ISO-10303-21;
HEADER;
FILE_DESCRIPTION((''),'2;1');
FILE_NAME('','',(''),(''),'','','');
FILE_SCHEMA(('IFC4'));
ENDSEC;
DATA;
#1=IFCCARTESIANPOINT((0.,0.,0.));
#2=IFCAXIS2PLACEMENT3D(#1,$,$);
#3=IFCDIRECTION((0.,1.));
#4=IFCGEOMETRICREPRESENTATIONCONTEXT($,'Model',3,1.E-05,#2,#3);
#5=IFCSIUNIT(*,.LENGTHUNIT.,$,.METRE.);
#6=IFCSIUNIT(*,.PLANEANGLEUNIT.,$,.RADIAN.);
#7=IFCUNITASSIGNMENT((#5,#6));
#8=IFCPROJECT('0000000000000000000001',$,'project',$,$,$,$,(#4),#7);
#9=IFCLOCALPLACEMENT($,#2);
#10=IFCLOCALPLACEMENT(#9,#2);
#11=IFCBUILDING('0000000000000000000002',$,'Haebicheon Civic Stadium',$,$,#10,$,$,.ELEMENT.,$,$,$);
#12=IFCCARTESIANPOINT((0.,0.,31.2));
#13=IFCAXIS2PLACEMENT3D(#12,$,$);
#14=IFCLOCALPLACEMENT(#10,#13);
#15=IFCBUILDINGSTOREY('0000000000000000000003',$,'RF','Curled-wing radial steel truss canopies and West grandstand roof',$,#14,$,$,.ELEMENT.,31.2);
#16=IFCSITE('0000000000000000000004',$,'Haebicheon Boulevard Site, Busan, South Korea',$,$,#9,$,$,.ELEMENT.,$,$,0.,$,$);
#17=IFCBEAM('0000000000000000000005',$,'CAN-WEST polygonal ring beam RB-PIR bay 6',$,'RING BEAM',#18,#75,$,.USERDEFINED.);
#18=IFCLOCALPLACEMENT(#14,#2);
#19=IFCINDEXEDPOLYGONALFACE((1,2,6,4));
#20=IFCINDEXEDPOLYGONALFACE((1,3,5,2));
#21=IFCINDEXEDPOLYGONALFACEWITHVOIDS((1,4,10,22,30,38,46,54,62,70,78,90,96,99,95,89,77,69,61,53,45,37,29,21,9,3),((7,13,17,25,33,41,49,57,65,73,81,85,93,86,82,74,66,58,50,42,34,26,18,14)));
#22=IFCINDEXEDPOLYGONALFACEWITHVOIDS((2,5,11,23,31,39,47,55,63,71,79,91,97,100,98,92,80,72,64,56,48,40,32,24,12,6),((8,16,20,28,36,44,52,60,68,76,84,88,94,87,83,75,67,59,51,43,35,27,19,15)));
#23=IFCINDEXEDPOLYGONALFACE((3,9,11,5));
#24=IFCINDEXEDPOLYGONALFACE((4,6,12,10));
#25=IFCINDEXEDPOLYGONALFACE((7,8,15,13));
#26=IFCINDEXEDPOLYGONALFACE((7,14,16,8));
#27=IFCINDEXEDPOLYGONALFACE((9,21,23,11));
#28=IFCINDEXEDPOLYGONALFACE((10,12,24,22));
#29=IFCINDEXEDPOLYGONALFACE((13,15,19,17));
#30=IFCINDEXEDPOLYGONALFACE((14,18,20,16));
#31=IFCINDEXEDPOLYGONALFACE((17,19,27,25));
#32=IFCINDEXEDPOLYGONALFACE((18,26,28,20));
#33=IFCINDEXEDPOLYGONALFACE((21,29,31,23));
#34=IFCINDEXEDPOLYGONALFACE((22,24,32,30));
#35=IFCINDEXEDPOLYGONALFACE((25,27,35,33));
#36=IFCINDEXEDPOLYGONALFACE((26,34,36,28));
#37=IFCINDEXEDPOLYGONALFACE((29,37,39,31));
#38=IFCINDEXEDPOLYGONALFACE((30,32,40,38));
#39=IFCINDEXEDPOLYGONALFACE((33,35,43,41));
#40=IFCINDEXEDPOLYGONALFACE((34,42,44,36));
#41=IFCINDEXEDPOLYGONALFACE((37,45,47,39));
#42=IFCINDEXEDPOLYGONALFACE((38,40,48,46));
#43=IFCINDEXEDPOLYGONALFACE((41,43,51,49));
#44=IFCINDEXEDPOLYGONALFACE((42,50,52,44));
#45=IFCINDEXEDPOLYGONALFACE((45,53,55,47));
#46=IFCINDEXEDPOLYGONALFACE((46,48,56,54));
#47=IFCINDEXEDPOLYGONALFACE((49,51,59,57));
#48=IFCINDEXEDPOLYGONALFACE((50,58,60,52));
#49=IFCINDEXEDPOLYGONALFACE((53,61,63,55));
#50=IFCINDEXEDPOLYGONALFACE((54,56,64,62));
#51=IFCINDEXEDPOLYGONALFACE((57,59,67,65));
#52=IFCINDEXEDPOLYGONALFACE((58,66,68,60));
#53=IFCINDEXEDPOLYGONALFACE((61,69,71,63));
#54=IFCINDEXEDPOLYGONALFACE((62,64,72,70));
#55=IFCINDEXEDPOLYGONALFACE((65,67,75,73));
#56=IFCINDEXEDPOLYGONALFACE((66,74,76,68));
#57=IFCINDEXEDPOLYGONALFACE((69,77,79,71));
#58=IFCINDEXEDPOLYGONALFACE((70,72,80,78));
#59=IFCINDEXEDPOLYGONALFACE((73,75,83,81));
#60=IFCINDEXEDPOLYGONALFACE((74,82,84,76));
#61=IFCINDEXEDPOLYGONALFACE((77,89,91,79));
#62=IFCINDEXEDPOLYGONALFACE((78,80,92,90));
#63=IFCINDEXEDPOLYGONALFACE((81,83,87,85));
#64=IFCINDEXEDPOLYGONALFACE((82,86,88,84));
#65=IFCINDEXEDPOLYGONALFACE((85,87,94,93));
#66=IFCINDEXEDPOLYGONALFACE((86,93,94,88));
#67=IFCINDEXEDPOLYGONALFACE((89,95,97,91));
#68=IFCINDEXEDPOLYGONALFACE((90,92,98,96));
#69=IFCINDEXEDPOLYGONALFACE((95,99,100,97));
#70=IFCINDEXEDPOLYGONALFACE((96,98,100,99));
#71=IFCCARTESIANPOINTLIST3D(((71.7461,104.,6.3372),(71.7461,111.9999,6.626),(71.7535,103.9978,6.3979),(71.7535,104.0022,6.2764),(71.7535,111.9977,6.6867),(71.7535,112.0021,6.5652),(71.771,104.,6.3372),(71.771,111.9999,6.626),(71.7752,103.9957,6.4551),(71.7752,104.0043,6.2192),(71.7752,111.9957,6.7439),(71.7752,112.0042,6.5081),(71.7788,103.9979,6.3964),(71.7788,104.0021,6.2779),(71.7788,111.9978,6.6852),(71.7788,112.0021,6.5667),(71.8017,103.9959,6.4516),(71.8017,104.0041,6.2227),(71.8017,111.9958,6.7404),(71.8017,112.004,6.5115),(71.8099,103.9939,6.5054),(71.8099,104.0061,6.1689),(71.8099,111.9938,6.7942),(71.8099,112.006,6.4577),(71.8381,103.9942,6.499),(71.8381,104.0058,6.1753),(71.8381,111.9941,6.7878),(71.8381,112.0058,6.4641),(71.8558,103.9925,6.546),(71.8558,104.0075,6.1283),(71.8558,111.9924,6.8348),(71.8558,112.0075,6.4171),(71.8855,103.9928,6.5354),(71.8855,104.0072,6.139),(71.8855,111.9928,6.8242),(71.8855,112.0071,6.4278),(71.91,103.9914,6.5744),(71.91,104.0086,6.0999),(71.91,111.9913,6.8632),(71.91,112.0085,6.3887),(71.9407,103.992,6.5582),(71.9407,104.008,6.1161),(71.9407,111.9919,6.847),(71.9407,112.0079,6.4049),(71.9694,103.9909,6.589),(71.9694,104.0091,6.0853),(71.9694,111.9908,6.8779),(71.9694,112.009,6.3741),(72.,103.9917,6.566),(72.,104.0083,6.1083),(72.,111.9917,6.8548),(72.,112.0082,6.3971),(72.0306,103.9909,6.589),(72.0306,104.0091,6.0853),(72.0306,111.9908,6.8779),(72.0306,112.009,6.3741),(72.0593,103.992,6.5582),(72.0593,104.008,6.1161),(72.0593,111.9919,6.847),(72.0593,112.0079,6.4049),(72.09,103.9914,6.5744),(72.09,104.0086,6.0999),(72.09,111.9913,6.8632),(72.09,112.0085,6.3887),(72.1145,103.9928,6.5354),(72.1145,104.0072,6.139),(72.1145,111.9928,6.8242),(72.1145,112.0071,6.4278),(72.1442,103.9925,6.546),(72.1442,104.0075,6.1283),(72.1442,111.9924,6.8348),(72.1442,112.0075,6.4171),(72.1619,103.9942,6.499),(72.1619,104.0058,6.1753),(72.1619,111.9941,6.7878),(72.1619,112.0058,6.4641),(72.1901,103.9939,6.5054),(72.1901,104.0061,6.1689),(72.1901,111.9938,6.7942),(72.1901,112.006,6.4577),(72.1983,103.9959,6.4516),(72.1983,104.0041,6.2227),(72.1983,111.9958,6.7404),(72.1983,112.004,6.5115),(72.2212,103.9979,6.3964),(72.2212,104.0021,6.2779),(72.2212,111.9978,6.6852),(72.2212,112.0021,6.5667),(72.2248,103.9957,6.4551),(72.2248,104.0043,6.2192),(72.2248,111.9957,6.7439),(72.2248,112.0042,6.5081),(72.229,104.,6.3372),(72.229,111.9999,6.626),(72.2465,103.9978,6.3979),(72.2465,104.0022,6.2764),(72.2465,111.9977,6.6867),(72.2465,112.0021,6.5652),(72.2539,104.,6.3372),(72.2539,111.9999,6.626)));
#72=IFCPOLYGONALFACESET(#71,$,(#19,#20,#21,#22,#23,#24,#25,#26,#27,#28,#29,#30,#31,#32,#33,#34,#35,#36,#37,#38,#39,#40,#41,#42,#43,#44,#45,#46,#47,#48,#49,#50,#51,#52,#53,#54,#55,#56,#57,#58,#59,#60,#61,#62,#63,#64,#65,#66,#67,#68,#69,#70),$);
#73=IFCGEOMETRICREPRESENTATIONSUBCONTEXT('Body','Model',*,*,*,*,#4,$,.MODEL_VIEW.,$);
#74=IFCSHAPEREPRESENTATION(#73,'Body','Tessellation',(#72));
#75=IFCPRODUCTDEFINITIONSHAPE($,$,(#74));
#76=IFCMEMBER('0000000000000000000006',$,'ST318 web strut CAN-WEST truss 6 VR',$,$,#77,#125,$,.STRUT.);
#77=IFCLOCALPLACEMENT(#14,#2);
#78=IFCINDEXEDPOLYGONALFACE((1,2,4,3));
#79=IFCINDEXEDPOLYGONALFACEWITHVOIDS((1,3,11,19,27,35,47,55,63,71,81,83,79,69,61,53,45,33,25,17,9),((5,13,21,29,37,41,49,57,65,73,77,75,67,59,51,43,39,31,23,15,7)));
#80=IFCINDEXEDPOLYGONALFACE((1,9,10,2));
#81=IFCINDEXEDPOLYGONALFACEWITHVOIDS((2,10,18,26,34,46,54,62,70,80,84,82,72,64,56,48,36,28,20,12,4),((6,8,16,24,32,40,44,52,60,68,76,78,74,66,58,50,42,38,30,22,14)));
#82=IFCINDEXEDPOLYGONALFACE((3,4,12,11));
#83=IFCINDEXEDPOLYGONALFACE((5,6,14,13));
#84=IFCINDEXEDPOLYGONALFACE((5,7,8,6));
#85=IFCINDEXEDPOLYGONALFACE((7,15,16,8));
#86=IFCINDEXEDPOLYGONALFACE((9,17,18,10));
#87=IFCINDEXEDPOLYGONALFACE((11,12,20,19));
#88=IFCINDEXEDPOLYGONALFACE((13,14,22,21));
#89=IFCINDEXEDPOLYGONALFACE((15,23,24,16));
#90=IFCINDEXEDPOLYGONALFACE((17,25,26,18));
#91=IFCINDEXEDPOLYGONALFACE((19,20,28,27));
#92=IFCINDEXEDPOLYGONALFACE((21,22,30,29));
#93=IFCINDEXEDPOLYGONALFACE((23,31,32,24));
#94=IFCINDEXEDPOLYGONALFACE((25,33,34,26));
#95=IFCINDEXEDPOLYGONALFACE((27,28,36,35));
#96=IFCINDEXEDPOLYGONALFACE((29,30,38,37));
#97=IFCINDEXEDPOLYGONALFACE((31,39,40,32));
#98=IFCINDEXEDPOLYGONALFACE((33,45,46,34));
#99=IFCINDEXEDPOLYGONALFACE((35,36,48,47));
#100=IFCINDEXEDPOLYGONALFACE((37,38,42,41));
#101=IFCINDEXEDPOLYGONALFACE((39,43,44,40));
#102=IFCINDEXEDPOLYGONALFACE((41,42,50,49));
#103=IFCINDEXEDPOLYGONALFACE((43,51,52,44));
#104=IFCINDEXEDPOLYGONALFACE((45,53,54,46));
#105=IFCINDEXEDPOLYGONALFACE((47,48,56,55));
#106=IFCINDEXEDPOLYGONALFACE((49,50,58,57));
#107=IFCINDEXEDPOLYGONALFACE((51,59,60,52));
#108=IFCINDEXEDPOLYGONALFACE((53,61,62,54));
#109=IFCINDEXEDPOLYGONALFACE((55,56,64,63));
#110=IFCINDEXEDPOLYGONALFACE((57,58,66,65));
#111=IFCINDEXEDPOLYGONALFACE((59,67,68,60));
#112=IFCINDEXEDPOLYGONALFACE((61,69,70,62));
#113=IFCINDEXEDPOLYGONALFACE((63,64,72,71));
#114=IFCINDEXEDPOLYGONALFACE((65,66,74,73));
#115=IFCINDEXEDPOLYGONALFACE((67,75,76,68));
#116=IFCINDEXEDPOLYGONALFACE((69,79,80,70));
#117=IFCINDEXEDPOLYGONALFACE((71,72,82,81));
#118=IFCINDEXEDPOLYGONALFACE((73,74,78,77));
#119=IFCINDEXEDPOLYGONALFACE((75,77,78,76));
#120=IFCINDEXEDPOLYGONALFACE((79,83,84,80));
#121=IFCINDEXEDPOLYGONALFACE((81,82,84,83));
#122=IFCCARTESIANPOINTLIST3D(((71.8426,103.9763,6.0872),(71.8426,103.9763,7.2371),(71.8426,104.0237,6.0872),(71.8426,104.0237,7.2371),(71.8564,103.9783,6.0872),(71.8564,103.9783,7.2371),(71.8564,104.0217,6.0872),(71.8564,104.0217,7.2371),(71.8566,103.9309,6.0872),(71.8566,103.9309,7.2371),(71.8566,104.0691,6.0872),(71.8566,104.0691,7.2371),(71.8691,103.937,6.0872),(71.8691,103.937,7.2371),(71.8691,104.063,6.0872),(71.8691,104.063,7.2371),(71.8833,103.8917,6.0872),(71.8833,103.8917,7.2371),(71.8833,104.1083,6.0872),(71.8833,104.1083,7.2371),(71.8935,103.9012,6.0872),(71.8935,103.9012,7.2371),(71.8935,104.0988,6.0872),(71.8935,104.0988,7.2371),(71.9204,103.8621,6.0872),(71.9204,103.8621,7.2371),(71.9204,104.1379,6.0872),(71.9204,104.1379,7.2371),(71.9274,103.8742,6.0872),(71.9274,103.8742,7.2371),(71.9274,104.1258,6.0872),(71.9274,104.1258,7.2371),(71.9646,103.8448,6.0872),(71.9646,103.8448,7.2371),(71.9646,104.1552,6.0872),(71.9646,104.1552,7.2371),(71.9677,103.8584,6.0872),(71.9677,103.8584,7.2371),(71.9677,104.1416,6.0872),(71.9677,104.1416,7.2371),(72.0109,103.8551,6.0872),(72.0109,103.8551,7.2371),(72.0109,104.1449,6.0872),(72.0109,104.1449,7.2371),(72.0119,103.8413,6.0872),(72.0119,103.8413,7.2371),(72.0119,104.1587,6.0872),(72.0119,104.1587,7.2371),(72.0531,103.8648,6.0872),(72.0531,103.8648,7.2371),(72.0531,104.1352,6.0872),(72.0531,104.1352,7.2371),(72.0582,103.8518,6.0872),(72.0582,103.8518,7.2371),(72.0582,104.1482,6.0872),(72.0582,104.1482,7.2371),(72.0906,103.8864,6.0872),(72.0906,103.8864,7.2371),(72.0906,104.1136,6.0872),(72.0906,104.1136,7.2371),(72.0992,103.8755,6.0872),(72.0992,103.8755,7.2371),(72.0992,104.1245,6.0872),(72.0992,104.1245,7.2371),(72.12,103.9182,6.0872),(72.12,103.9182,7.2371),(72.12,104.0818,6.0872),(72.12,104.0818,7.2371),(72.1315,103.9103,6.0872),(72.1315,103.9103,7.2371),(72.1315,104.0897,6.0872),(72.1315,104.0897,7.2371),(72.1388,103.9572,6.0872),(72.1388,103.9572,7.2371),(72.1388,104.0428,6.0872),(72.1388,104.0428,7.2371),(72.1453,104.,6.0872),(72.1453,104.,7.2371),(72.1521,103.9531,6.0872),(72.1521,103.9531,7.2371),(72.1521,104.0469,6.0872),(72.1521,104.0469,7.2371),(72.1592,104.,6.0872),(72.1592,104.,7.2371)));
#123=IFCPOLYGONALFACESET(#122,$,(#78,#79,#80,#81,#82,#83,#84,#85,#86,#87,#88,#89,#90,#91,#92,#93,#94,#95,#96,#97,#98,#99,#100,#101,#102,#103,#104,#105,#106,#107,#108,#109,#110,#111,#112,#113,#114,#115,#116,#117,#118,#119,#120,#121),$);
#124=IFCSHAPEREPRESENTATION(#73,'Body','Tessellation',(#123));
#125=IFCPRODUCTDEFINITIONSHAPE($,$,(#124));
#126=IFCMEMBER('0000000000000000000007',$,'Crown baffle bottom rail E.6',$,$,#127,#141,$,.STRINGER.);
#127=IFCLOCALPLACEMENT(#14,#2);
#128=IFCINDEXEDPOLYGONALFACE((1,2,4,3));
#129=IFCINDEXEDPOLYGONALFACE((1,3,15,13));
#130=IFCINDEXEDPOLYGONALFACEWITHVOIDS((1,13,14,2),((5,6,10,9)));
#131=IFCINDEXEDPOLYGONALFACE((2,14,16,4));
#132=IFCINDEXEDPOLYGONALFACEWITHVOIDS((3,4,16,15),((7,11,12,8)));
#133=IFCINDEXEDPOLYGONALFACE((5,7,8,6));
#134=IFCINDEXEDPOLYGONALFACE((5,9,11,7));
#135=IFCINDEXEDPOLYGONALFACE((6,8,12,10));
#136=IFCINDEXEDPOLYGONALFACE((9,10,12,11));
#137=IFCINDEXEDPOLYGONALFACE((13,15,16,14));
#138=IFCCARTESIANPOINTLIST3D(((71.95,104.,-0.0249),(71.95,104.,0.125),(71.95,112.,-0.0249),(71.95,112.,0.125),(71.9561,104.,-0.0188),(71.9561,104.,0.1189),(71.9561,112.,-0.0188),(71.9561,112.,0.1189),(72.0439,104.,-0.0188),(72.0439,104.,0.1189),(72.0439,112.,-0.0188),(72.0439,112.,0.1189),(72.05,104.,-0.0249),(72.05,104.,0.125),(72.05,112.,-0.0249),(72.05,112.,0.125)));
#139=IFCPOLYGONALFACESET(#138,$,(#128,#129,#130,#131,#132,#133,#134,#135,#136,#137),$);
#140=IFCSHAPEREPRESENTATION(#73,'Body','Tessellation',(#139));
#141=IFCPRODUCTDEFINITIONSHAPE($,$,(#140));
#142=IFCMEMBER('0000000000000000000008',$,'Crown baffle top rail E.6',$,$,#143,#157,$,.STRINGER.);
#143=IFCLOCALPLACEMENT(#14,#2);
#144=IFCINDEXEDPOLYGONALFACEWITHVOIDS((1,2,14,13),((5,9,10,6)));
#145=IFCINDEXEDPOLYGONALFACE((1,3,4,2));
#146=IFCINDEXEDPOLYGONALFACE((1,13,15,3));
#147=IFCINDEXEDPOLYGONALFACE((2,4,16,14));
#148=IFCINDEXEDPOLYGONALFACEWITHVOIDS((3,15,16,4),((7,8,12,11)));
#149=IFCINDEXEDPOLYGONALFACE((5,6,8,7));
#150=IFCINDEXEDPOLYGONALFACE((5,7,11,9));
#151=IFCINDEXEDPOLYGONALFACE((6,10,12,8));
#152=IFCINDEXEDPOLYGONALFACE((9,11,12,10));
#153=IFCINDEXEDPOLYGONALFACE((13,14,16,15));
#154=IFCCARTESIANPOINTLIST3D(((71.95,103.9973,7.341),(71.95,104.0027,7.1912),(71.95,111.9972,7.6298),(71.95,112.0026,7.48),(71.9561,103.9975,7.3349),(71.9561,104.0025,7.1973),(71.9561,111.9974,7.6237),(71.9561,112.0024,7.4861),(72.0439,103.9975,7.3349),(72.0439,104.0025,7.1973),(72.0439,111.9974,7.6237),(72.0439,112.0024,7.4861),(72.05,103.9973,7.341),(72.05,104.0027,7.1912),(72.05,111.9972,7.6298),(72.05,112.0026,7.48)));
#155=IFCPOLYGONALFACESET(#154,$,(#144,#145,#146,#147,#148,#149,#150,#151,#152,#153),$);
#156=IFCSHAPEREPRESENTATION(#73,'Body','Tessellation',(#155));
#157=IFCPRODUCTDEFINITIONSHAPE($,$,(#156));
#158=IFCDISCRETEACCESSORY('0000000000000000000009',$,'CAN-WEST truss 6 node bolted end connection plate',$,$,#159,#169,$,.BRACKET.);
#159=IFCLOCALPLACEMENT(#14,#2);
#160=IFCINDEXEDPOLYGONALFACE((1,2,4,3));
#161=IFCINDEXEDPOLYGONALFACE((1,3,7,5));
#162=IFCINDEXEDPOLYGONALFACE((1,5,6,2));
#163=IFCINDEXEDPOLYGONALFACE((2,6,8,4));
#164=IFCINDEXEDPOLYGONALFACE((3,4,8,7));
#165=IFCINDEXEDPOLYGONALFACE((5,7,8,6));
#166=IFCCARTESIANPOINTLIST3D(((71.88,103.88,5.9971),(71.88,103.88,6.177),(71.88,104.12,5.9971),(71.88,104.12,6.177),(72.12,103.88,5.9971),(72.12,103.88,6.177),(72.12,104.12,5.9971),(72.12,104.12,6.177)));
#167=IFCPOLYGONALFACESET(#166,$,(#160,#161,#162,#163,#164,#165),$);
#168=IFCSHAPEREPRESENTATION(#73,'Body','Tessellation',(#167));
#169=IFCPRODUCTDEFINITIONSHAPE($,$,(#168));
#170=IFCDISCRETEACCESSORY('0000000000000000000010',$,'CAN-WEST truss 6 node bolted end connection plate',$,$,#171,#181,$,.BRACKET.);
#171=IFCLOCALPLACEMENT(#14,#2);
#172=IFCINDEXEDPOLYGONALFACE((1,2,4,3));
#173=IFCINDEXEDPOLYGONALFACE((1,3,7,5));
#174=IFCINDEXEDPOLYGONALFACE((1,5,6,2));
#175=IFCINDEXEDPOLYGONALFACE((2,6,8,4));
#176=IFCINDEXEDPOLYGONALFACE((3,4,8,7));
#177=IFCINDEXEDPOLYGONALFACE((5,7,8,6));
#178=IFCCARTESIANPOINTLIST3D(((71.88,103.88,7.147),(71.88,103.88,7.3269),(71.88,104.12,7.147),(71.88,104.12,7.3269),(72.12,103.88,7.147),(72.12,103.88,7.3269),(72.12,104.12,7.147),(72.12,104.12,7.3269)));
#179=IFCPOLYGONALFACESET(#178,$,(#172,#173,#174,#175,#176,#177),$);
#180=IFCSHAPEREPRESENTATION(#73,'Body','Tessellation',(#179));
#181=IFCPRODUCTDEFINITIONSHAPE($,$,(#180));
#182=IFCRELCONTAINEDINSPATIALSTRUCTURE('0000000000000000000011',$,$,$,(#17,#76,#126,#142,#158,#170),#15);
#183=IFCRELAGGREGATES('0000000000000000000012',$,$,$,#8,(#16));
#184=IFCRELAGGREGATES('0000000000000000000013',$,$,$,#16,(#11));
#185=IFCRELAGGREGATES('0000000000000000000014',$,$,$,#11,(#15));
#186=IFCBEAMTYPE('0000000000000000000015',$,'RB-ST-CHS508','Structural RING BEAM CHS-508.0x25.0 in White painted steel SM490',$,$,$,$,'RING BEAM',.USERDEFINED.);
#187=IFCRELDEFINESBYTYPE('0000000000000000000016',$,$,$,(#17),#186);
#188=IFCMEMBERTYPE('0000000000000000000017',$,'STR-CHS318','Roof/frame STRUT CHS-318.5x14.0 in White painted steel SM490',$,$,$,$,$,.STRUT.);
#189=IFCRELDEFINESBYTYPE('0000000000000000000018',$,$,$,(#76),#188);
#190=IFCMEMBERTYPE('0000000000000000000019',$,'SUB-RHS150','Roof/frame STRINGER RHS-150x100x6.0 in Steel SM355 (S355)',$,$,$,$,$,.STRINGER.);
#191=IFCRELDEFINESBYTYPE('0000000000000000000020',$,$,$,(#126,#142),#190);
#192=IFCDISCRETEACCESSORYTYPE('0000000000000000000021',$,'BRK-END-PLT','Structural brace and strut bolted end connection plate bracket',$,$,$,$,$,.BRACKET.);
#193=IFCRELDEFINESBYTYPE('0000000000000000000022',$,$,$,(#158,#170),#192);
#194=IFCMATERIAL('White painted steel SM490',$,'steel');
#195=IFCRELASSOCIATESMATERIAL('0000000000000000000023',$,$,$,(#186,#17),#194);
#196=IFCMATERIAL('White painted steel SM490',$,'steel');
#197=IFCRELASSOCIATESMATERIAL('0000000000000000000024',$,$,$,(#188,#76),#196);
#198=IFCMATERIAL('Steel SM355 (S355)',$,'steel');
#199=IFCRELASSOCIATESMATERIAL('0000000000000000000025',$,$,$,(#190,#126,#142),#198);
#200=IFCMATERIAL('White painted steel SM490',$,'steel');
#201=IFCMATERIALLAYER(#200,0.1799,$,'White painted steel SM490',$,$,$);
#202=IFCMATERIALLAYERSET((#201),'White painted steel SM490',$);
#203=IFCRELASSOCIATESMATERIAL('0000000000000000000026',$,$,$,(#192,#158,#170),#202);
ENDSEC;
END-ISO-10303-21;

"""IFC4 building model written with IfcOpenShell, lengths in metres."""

from ifc_helpers import new_model, si_unit, direction, frame, origin, origin_2d, place, context, subcontext, project, spatial, rectangle, hollow_rectangle, hollow_circle, extrude, material, layer, layer_set, material_profile, profile_set, type_object, element, save


model = new_model("IFC4")

# Units and contexts
model_context = context("Model", 3, precision=1e-05, world=origin(), true_north=direction((0.0, 1.0)))
body_context = subcontext(model_context, "Body", "Model", "MODEL_VIEW")
ifc_project = project(units=[si_unit("LENGTHUNIT", "METRE"), si_unit("PLANEANGLEUNIT", "RADIAN")], contexts=[model_context])

# Site, building, storey
site_placement = place(None, origin())
site = spatial("IfcSite", under=ifc_project, at=site_placement, Name="Haebicheon Boulevard Site, Busan, South Korea", CompositionType="ELEMENT", RefElevation=0.0)
building_placement = place(site_placement, origin())
building = spatial("IfcBuilding", under=site, at=building_placement, Name="Haebicheon Civic Stadium", CompositionType="ELEMENT")
storey_placement = place(building_placement, frame((0.0, 0.0, 31.2)))
storey = spatial("IfcBuildingStorey", under=building, at=storey_placement, Name="RF", Description="Curled-wing radial steel truss canopies and West grandstand roof", CompositionType="ELEMENT", Elevation=31.2)

# Beam
ifc_material_1 = material(Name="White painted steel SM490", Category="steel")
ifc_material_profile_1 = material_profile(ifc_material_1, hollow_circle(Radius=0.2539, WallThickness=0.0249, at=origin_2d()), Name="CHS-508.0x25.0")
ifc_profile_set_1 = profile_set([ifc_material_profile_1], Name="White painted steel SM490")
beam_type = type_object("IfcBeamType", Name="RB-ST-CHS508", Description="Structural RING BEAM CHS-508.0x25.0 in White painted steel SM490", ElementType="RING BEAM", PredefinedType="USERDEFINED", material=ifc_profile_set_1)
beam_placement = place(storey_placement, frame((72.0, 104.0, 6.3372), z_axis=(0.0, 0.999349, 0.036079), x_axis=(-1.0, 0.0, 0.0)))
element("IfcBeam", 1, at=beam_placement, inside=storey, type_object=beam_type, material=ifc_profile_set_1, Name="CAN-WEST polygonal ring beam RB-PIR bay 6", ObjectType="RING BEAM", PredefinedType="USERDEFINED", context=body_context, shape_type="SweptSolid", body=[
    extrude(hollow_circle(Radius=0.2539, WallThickness=0.0249, at=origin_2d()), origin(), (0.0, 0.0, 1.0), 8.0051),
])

# Members
ifc_material_2 = material(Name="White painted steel SM490", Category="steel")
ifc_material_profile_2 = material_profile(ifc_material_2, hollow_circle(Radius=0.1592, WallThickness=0.0139, at=origin_2d()), Name="CHS-318.5x14.0")
ifc_profile_set_2 = profile_set([ifc_material_profile_2], Name="White painted steel SM490")
member_type_1 = type_object("IfcMemberType", Name="STR-CHS318", Description="Roof/frame STRUT CHS-318.5x14.0 in White painted steel SM490", PredefinedType="STRUT", material=ifc_profile_set_2)
member_1_placement = place(storey_placement, frame((72.0, 104.0, 6.0872), z_axis=(0.0, 0.0, 1.0), x_axis=(1.0, 0.0, 0.0)))
element("IfcMember", 2, at=member_1_placement, inside=storey, type_object=member_type_1, material=ifc_profile_set_2, Name="ST318 web strut CAN-WEST truss 6 VR", PredefinedType="STRUT", context=body_context, shape_type="SweptSolid", body=[
    extrude(hollow_circle(Radius=0.1592, WallThickness=0.0139, at=origin_2d()), origin(), (0.0, 0.0, 1.0), 1.1499),
])
ifc_material_3 = material(Name="Steel SM355 (S355)", Category="steel")
ifc_material_profile_3 = material_profile(ifc_material_3, hollow_rectangle(XDim=0.1001, YDim=0.1499, WallThickness=0.0061, at=origin_2d()), Name="RHS-150x100x6.0")
ifc_profile_set_3 = profile_set([ifc_material_profile_3], Name="Steel SM355 (S355)")
member_type_2 = type_object("IfcMemberType", Name="SUB-RHS150", Description="Roof/frame STRINGER RHS-150x100x6.0 in Steel SM355 (S355)", PredefinedType="STRINGER", material=ifc_profile_set_3)
member_2_placement = place(storey_placement, frame((72.0, 104.0, 0.05), z_axis=(0.0, 1.0, 0.0), x_axis=(-1.0, 0.0, 0.0)))
element("IfcMember", 3, at=member_2_placement, inside=storey, type_object=member_type_2, material=ifc_profile_set_3, Name="Crown baffle bottom rail E.6", PredefinedType="STRINGER", context=body_context, shape_type="SweptSolid", body=[
    extrude(hollow_rectangle(XDim=0.1001, YDim=0.1499, WallThickness=0.0061, at=origin_2d()), origin(), (0.0, 0.0, 1.0), 8.0),
])
member_3_placement = place(storey_placement, frame((72.0, 104.0, 7.2661), z_axis=(0.0, 0.999349, 0.036079), x_axis=(-1.0, 0.0, 0.0)))
element("IfcMember", 4, at=member_3_placement, inside=storey, type_object=member_type_2, material=ifc_profile_set_3, Name="Crown baffle top rail E.6", PredefinedType="STRINGER", context=body_context, shape_type="SweptSolid", body=[
    extrude(hollow_rectangle(XDim=0.1001, YDim=0.1499, WallThickness=0.0061, at=origin_2d()), origin(), (0.0, 0.0, 1.0), 8.0051),
])

# Discrete accessories
ifc_material_4 = material(Name="White painted steel SM490", Category="steel")
ifc_layer = layer(ifc_material_4, 0.1799, Name="White painted steel SM490")
ifc_layer_set = layer_set([ifc_layer], Name="White painted steel SM490")
discrete_accessory_type = type_object("IfcDiscreteAccessoryType", Name="BRK-END-PLT", Description="Structural brace and strut bolted end connection plate bracket", PredefinedType="BRACKET", material=ifc_layer_set)
for number, where, z_axis, x_axis, name in (
    (5, (72.0, 104.0, 5.9971), (0.0, 0.0, 1.0), (1.0, 0.0, 0.0), "CAN-WEST truss 6 node bolted end connection plate"),
    (6, (72.0, 104.0, 7.147), (0.0, 0.0, 1.0), (1.0, 0.0, 0.0), "CAN-WEST truss 6 node bolted end connection plate"),
):
    element("IfcDiscreteAccessory", number, at=place(storey_placement, frame(where, z_axis=z_axis, x_axis=x_axis)), inside=storey, type_object=discrete_accessory_type, material=ifc_layer_set, Name=name, PredefinedType="BRACKET", context=body_context, shape_type="SweptSolid", body=[
        extrude(rectangle(XDim=0.24, YDim=0.24, at=origin_2d()), origin(), (0.0, 0.0, 1.0), 0.1799),
    ])

save(model, "model.ifc")
